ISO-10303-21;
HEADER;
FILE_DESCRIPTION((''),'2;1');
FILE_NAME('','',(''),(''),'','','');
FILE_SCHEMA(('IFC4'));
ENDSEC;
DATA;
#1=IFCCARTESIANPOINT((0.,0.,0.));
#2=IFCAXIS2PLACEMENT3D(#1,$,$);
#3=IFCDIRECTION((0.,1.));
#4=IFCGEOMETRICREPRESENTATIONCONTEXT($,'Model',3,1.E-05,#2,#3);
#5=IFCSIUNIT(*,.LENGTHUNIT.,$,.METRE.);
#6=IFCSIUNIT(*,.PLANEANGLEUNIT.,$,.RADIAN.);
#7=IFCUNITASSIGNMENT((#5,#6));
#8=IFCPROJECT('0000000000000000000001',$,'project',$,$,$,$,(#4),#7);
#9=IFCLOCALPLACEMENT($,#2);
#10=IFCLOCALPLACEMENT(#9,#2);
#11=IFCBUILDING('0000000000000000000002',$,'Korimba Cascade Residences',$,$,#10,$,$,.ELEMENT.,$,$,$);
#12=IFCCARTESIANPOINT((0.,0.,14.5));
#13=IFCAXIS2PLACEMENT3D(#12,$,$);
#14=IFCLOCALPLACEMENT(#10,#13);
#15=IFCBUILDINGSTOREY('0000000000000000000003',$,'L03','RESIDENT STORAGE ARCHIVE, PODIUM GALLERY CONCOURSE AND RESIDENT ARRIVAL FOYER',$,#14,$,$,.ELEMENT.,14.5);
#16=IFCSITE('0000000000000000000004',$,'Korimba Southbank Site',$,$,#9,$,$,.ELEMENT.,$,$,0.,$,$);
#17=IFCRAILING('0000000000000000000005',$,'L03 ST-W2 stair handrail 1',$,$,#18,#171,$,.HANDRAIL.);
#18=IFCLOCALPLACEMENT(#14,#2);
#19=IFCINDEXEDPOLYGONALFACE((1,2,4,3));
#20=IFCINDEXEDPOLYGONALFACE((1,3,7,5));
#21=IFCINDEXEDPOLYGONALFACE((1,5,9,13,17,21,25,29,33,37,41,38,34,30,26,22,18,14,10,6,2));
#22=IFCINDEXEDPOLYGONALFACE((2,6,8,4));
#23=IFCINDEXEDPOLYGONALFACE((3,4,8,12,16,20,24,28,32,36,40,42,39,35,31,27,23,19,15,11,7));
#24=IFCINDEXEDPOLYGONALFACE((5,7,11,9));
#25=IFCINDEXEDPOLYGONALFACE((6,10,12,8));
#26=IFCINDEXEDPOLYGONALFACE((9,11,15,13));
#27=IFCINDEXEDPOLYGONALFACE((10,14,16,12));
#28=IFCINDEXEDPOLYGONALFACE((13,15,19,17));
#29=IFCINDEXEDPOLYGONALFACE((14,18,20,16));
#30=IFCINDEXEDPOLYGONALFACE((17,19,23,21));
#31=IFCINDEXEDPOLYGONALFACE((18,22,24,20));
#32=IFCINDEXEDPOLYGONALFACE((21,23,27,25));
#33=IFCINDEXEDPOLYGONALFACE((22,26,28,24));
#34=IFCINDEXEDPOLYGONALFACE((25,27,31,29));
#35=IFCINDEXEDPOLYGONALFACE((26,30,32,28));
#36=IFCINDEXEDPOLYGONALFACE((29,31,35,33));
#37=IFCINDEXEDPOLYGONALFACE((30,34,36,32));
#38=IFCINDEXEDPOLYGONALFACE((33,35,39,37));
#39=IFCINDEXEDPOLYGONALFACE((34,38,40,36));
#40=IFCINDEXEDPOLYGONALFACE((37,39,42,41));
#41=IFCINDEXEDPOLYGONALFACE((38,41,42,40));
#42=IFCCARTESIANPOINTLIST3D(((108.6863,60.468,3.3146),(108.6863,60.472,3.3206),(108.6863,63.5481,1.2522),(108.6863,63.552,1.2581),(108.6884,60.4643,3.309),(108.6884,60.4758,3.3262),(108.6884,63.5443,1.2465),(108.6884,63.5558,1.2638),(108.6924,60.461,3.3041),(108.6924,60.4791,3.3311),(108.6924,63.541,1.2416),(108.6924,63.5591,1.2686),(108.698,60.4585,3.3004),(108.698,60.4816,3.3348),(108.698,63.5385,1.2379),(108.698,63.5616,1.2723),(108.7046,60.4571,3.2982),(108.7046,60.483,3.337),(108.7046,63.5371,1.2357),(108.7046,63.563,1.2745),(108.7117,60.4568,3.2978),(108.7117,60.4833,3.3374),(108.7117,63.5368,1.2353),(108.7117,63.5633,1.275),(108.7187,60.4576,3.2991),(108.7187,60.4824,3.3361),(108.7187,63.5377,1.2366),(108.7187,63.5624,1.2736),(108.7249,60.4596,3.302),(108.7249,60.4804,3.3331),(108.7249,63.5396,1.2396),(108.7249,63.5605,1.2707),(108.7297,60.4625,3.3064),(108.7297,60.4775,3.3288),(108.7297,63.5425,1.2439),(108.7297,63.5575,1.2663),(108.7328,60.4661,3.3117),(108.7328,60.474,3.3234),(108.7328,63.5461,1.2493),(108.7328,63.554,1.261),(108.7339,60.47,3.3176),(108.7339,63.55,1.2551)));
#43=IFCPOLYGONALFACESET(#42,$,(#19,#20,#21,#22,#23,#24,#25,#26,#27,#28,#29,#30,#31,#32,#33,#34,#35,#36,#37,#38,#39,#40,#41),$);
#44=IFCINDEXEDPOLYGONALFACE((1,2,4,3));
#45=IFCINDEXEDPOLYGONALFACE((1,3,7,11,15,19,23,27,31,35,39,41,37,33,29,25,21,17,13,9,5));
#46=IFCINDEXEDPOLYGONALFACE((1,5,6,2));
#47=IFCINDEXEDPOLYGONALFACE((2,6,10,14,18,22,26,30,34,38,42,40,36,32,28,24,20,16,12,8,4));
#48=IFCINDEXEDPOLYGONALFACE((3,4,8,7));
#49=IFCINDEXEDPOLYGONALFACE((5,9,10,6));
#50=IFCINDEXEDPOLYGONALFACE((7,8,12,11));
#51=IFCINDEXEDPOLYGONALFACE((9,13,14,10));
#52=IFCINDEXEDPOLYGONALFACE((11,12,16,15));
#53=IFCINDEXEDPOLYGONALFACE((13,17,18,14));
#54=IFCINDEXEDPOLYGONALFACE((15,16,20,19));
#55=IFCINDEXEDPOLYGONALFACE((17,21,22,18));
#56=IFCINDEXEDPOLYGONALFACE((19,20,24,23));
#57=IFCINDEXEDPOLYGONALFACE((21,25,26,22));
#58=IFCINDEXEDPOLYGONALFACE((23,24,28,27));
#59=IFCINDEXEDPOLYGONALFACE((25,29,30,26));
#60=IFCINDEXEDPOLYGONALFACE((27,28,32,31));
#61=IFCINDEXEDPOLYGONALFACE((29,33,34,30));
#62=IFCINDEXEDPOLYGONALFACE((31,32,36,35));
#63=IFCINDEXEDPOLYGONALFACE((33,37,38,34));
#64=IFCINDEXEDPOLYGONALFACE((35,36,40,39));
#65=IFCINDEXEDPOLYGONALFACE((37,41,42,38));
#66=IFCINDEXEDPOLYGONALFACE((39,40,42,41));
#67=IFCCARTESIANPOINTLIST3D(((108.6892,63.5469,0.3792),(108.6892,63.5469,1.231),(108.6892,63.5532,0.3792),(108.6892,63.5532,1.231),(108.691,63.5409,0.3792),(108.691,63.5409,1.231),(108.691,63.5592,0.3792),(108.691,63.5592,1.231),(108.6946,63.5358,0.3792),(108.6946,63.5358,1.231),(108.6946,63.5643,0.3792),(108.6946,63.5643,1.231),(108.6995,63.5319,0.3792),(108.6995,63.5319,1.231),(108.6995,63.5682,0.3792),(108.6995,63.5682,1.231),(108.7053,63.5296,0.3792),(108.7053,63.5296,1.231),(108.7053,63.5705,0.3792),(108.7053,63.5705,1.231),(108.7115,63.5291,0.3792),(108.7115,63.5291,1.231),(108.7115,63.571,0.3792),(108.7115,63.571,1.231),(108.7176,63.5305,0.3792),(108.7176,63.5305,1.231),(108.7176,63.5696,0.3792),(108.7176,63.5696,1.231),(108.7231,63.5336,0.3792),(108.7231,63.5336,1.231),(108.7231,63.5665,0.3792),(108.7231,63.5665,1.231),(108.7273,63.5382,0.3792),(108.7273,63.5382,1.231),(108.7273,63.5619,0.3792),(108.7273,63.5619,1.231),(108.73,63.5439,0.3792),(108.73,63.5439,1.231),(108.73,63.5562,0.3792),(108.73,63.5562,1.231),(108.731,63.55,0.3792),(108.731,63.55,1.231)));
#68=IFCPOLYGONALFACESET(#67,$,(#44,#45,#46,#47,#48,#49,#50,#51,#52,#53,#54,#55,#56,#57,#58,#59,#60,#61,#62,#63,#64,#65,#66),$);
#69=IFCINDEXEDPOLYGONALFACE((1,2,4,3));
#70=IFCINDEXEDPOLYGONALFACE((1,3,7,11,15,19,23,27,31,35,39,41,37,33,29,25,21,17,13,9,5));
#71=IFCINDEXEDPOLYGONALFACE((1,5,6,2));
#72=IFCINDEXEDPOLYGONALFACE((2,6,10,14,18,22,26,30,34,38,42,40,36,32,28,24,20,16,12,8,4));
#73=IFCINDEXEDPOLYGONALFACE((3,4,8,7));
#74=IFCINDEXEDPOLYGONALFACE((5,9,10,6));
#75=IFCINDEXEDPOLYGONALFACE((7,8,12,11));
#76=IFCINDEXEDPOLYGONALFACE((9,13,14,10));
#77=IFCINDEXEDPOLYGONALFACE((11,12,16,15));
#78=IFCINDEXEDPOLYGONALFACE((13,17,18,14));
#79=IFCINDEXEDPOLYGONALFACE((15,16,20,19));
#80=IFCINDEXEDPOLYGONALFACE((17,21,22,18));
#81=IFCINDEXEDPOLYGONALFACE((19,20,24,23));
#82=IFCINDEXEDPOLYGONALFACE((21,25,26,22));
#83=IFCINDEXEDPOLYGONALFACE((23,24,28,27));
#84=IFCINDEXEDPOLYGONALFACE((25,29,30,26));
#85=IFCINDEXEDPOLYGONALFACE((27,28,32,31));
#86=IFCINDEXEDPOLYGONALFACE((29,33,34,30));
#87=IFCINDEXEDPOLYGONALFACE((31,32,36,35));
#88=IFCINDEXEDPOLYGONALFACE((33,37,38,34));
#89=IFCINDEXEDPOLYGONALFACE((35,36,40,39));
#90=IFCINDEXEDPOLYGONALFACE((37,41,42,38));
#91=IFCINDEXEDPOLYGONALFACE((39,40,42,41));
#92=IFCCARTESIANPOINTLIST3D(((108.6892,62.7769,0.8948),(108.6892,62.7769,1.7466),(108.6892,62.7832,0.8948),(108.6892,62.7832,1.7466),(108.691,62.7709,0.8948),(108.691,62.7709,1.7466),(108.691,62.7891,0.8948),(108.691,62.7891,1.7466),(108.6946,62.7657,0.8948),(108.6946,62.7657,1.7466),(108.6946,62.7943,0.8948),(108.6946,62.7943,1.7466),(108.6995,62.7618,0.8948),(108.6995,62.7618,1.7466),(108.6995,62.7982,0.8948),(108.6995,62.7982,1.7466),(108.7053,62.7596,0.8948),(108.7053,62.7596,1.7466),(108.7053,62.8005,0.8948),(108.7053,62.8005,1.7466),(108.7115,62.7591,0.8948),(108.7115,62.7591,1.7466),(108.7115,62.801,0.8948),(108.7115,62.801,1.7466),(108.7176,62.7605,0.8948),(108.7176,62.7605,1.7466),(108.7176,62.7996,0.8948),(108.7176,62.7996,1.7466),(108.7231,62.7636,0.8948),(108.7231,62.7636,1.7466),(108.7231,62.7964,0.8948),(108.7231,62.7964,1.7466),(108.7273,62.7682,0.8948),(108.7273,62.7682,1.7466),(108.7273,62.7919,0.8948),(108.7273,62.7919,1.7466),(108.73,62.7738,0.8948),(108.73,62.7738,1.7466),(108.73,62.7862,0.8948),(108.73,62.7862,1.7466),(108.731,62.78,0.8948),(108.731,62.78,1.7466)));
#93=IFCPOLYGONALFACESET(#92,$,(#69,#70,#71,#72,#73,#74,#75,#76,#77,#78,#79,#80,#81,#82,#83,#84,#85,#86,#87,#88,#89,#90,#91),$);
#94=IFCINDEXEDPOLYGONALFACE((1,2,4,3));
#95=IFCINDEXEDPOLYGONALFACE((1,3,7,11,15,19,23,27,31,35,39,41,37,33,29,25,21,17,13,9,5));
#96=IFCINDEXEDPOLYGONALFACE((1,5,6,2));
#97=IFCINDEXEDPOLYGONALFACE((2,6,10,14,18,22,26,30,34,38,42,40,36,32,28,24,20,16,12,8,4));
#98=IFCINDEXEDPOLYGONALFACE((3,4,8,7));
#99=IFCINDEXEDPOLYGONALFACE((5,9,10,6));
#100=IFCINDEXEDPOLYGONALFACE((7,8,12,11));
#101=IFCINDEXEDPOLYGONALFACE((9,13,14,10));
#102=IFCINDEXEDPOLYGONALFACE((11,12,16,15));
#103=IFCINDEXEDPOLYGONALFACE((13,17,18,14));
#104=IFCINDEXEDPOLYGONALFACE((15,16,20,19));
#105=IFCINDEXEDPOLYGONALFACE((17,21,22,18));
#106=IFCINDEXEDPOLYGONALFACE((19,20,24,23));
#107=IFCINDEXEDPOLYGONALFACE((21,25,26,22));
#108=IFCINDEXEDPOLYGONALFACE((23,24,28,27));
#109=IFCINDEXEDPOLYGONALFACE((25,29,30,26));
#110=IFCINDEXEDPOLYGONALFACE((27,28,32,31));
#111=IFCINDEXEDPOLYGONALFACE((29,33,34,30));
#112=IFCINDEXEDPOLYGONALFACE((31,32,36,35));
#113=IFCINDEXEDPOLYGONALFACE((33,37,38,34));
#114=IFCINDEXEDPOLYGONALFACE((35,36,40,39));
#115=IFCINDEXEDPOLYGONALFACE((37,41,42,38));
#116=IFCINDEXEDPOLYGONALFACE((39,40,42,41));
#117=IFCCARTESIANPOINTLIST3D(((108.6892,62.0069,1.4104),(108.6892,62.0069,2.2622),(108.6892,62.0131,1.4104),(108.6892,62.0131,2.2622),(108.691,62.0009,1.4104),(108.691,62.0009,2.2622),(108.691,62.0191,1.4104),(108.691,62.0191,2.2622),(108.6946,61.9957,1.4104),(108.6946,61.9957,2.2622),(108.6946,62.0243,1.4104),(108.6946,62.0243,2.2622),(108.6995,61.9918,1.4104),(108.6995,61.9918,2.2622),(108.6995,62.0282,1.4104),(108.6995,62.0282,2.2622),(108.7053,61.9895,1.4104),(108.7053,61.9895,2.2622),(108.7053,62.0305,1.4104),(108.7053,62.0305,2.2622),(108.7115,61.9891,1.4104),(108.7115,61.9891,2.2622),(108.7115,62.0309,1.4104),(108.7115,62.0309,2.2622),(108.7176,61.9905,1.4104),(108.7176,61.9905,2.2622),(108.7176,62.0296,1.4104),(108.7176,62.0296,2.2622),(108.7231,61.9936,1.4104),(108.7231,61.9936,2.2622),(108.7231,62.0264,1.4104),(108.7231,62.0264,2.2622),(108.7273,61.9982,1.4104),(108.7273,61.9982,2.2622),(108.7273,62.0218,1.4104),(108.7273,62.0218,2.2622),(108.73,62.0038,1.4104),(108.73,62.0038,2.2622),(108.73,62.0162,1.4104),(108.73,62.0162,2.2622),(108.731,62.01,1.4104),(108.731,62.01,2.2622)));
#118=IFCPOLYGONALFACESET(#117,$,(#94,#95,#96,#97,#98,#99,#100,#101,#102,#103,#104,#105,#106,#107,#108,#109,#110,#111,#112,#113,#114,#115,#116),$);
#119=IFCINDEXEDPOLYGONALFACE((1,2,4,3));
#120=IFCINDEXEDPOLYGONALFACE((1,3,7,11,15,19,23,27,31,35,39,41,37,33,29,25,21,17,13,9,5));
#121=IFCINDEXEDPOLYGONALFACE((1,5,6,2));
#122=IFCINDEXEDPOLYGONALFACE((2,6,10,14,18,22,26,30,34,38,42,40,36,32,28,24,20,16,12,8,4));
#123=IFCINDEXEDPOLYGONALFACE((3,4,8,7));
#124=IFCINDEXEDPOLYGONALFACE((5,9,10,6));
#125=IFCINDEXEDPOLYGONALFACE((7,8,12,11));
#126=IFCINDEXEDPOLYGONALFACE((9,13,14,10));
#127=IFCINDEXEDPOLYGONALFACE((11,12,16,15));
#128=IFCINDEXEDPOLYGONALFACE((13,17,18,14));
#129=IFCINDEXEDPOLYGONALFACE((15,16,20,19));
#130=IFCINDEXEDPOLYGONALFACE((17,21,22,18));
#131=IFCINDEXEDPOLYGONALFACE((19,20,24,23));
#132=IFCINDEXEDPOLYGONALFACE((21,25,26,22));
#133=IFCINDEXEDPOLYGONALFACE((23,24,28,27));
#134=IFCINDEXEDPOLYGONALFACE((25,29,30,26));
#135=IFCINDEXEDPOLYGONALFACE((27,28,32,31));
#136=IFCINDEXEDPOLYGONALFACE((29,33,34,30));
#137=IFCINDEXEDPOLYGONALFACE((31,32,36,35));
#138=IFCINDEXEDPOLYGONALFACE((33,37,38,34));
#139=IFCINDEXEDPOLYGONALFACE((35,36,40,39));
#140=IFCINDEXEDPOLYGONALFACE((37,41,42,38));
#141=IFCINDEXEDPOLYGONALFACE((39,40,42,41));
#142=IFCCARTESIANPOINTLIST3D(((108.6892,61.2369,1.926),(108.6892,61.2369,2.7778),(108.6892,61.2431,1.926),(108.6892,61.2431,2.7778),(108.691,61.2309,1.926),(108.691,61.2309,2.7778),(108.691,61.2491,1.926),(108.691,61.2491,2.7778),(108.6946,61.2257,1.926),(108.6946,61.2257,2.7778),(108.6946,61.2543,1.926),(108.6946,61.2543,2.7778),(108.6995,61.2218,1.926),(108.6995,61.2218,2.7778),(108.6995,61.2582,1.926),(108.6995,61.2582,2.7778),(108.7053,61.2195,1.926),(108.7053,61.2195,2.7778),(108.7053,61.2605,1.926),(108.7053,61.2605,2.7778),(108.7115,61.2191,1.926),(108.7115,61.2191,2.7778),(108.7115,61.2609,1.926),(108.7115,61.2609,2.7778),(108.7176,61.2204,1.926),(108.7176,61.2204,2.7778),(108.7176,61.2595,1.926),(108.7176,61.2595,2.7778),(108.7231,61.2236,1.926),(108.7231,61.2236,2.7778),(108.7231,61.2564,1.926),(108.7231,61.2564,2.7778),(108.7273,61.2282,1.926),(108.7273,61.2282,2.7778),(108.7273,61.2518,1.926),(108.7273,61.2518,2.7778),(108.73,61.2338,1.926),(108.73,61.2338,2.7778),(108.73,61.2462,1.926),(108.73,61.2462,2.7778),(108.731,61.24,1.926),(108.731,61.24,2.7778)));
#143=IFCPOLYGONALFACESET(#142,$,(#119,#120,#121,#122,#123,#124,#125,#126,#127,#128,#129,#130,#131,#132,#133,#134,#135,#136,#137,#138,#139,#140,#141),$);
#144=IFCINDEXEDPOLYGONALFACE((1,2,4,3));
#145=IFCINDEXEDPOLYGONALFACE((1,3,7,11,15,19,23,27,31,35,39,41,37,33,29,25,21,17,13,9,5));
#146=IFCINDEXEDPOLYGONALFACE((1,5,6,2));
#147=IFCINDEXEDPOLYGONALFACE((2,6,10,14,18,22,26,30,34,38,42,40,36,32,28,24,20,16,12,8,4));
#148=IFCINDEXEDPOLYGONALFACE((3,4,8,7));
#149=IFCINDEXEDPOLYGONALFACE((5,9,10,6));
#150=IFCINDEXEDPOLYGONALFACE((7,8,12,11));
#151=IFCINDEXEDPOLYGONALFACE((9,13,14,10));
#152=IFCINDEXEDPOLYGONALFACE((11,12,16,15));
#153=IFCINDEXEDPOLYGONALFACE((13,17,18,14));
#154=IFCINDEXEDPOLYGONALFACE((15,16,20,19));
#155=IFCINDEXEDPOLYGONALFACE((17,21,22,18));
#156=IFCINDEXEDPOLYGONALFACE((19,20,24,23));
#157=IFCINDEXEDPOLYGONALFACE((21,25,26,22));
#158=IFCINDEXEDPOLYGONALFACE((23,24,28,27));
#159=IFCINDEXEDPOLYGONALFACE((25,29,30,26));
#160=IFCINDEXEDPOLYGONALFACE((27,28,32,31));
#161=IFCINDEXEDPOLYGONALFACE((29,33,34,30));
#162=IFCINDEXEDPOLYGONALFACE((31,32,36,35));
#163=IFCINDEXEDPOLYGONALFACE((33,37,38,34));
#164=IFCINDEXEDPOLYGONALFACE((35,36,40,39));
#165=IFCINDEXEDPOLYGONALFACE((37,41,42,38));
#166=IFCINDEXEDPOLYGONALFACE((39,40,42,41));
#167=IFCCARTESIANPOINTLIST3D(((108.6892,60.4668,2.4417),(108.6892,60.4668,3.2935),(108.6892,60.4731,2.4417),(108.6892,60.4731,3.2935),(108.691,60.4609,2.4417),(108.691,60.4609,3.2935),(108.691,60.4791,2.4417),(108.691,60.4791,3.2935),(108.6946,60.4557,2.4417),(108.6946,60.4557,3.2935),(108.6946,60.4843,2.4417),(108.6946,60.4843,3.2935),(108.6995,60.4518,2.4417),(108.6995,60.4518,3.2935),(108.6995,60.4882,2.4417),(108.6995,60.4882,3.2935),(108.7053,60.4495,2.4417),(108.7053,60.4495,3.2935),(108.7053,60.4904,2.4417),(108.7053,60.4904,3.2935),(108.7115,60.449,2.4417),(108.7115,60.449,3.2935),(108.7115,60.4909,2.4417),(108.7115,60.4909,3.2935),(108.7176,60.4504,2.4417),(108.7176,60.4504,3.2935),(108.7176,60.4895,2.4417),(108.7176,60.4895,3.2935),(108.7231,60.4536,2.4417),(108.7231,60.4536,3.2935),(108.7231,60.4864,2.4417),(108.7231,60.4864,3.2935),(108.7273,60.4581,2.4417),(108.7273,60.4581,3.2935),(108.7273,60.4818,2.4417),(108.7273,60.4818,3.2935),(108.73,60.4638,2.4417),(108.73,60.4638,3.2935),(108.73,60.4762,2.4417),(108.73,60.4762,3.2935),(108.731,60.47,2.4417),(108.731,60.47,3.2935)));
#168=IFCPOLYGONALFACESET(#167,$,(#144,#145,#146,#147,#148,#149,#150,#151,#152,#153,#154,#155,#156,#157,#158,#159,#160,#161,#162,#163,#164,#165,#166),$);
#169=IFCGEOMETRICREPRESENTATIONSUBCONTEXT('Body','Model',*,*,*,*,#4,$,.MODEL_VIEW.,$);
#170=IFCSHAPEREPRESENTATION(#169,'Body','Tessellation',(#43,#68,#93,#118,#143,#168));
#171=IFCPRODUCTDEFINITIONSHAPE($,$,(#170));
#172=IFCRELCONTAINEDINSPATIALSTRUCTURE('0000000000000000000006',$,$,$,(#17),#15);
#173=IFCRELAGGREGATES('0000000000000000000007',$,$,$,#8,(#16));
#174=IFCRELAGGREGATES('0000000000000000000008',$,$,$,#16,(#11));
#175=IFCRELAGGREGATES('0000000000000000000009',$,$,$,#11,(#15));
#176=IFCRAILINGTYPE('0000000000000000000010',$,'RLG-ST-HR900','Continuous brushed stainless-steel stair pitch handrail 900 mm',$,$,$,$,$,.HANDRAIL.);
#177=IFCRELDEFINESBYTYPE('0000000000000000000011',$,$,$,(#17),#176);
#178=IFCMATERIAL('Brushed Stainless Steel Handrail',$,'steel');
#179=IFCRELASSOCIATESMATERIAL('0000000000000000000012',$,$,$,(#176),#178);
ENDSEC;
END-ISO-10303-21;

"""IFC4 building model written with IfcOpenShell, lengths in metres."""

from ifc_helpers import new_model, si_unit, direction, frame, origin, origin_2d, place, context, subcontext, project, spatial, circle, extrude, material, type_object, element, save


model = new_model("IFC4")

# Units and contexts
model_context = context("Model", 3, precision=1e-05, world=origin(), true_north=direction((0.0, 1.0)))
body_context = subcontext(model_context, "Body", "Model", "MODEL_VIEW")
ifc_project = project(units=[si_unit("LENGTHUNIT", "METRE"), si_unit("PLANEANGLEUNIT", "RADIAN")], contexts=[model_context])

# Site, building, storey
site_placement = place(None, origin())
site = spatial("IfcSite", under=ifc_project, at=site_placement, Name="Korimba Southbank Site", CompositionType="ELEMENT", RefElevation=0.0)
building_placement = place(site_placement, origin())
building = spatial("IfcBuilding", under=site, at=building_placement, Name="Korimba Cascade Residences", CompositionType="ELEMENT")
storey_placement = place(building_placement, frame((0.0, 0.0, 14.5)))
storey = spatial("IfcBuildingStorey", under=building, at=storey_placement, Name="L03", Description="RESIDENT STORAGE ARCHIVE, PODIUM GALLERY CONCOURSE AND RESIDENT ARRIVAL FOYER", CompositionType="ELEMENT", Elevation=14.5)

# Railing
ifc_material_1 = material(Name="Brushed Stainless Steel Handrail", Category="steel")
railing_type_1 = type_object("IfcRailingType", Name="RLG-ST-HR900", Description="Continuous brushed stainless-steel stair pitch handrail 900 mm", PredefinedType="HANDRAIL", material=ifc_material_1)
railing_1_placement = place(storey_placement, frame((108.71, 63.55, 0.3792)))
element("IfcRailing", 1, at=railing_1_placement, inside=storey, type_object=railing_type_1, Name="L03 ST-W2 stair handrail 1", PredefinedType="HANDRAIL", context=body_context, shape_type="SweptSolid", body=[
    extrude(circle(Radius=0.0239, at=origin_2d()), frame((0.0, 0.0, 0.876), z_axis=(0.0, -0.830914, 0.556401), x_axis=(1.0, 0.0, 0.0)), (0.0, 0.0, 1.0), 3.7068),
    extrude(circle(Radius=0.021, at=origin_2d()), origin(), (0.0, 0.0, 1.0), 0.8518),
    extrude(circle(Radius=0.021, at=origin_2d()), frame((0.0, -0.77, 0.5156)), (0.0, 0.0, 1.0), 0.8518),
    extrude(circle(Radius=0.021, at=origin_2d()), frame((0.0, -1.54, 1.0312)), (0.0, 0.0, 1.0), 0.8518),
    extrude(circle(Radius=0.021, at=origin_2d()), frame((0.0, -2.3101, 1.5469)), (0.0, 0.0, 1.0), 0.8518),
    extrude(circle(Radius=0.021, at=origin_2d()), frame((0.0, -3.0801, 2.0625)), (0.0, 0.0, 1.0), 0.8518),
])

save(model, "model.ifc")
